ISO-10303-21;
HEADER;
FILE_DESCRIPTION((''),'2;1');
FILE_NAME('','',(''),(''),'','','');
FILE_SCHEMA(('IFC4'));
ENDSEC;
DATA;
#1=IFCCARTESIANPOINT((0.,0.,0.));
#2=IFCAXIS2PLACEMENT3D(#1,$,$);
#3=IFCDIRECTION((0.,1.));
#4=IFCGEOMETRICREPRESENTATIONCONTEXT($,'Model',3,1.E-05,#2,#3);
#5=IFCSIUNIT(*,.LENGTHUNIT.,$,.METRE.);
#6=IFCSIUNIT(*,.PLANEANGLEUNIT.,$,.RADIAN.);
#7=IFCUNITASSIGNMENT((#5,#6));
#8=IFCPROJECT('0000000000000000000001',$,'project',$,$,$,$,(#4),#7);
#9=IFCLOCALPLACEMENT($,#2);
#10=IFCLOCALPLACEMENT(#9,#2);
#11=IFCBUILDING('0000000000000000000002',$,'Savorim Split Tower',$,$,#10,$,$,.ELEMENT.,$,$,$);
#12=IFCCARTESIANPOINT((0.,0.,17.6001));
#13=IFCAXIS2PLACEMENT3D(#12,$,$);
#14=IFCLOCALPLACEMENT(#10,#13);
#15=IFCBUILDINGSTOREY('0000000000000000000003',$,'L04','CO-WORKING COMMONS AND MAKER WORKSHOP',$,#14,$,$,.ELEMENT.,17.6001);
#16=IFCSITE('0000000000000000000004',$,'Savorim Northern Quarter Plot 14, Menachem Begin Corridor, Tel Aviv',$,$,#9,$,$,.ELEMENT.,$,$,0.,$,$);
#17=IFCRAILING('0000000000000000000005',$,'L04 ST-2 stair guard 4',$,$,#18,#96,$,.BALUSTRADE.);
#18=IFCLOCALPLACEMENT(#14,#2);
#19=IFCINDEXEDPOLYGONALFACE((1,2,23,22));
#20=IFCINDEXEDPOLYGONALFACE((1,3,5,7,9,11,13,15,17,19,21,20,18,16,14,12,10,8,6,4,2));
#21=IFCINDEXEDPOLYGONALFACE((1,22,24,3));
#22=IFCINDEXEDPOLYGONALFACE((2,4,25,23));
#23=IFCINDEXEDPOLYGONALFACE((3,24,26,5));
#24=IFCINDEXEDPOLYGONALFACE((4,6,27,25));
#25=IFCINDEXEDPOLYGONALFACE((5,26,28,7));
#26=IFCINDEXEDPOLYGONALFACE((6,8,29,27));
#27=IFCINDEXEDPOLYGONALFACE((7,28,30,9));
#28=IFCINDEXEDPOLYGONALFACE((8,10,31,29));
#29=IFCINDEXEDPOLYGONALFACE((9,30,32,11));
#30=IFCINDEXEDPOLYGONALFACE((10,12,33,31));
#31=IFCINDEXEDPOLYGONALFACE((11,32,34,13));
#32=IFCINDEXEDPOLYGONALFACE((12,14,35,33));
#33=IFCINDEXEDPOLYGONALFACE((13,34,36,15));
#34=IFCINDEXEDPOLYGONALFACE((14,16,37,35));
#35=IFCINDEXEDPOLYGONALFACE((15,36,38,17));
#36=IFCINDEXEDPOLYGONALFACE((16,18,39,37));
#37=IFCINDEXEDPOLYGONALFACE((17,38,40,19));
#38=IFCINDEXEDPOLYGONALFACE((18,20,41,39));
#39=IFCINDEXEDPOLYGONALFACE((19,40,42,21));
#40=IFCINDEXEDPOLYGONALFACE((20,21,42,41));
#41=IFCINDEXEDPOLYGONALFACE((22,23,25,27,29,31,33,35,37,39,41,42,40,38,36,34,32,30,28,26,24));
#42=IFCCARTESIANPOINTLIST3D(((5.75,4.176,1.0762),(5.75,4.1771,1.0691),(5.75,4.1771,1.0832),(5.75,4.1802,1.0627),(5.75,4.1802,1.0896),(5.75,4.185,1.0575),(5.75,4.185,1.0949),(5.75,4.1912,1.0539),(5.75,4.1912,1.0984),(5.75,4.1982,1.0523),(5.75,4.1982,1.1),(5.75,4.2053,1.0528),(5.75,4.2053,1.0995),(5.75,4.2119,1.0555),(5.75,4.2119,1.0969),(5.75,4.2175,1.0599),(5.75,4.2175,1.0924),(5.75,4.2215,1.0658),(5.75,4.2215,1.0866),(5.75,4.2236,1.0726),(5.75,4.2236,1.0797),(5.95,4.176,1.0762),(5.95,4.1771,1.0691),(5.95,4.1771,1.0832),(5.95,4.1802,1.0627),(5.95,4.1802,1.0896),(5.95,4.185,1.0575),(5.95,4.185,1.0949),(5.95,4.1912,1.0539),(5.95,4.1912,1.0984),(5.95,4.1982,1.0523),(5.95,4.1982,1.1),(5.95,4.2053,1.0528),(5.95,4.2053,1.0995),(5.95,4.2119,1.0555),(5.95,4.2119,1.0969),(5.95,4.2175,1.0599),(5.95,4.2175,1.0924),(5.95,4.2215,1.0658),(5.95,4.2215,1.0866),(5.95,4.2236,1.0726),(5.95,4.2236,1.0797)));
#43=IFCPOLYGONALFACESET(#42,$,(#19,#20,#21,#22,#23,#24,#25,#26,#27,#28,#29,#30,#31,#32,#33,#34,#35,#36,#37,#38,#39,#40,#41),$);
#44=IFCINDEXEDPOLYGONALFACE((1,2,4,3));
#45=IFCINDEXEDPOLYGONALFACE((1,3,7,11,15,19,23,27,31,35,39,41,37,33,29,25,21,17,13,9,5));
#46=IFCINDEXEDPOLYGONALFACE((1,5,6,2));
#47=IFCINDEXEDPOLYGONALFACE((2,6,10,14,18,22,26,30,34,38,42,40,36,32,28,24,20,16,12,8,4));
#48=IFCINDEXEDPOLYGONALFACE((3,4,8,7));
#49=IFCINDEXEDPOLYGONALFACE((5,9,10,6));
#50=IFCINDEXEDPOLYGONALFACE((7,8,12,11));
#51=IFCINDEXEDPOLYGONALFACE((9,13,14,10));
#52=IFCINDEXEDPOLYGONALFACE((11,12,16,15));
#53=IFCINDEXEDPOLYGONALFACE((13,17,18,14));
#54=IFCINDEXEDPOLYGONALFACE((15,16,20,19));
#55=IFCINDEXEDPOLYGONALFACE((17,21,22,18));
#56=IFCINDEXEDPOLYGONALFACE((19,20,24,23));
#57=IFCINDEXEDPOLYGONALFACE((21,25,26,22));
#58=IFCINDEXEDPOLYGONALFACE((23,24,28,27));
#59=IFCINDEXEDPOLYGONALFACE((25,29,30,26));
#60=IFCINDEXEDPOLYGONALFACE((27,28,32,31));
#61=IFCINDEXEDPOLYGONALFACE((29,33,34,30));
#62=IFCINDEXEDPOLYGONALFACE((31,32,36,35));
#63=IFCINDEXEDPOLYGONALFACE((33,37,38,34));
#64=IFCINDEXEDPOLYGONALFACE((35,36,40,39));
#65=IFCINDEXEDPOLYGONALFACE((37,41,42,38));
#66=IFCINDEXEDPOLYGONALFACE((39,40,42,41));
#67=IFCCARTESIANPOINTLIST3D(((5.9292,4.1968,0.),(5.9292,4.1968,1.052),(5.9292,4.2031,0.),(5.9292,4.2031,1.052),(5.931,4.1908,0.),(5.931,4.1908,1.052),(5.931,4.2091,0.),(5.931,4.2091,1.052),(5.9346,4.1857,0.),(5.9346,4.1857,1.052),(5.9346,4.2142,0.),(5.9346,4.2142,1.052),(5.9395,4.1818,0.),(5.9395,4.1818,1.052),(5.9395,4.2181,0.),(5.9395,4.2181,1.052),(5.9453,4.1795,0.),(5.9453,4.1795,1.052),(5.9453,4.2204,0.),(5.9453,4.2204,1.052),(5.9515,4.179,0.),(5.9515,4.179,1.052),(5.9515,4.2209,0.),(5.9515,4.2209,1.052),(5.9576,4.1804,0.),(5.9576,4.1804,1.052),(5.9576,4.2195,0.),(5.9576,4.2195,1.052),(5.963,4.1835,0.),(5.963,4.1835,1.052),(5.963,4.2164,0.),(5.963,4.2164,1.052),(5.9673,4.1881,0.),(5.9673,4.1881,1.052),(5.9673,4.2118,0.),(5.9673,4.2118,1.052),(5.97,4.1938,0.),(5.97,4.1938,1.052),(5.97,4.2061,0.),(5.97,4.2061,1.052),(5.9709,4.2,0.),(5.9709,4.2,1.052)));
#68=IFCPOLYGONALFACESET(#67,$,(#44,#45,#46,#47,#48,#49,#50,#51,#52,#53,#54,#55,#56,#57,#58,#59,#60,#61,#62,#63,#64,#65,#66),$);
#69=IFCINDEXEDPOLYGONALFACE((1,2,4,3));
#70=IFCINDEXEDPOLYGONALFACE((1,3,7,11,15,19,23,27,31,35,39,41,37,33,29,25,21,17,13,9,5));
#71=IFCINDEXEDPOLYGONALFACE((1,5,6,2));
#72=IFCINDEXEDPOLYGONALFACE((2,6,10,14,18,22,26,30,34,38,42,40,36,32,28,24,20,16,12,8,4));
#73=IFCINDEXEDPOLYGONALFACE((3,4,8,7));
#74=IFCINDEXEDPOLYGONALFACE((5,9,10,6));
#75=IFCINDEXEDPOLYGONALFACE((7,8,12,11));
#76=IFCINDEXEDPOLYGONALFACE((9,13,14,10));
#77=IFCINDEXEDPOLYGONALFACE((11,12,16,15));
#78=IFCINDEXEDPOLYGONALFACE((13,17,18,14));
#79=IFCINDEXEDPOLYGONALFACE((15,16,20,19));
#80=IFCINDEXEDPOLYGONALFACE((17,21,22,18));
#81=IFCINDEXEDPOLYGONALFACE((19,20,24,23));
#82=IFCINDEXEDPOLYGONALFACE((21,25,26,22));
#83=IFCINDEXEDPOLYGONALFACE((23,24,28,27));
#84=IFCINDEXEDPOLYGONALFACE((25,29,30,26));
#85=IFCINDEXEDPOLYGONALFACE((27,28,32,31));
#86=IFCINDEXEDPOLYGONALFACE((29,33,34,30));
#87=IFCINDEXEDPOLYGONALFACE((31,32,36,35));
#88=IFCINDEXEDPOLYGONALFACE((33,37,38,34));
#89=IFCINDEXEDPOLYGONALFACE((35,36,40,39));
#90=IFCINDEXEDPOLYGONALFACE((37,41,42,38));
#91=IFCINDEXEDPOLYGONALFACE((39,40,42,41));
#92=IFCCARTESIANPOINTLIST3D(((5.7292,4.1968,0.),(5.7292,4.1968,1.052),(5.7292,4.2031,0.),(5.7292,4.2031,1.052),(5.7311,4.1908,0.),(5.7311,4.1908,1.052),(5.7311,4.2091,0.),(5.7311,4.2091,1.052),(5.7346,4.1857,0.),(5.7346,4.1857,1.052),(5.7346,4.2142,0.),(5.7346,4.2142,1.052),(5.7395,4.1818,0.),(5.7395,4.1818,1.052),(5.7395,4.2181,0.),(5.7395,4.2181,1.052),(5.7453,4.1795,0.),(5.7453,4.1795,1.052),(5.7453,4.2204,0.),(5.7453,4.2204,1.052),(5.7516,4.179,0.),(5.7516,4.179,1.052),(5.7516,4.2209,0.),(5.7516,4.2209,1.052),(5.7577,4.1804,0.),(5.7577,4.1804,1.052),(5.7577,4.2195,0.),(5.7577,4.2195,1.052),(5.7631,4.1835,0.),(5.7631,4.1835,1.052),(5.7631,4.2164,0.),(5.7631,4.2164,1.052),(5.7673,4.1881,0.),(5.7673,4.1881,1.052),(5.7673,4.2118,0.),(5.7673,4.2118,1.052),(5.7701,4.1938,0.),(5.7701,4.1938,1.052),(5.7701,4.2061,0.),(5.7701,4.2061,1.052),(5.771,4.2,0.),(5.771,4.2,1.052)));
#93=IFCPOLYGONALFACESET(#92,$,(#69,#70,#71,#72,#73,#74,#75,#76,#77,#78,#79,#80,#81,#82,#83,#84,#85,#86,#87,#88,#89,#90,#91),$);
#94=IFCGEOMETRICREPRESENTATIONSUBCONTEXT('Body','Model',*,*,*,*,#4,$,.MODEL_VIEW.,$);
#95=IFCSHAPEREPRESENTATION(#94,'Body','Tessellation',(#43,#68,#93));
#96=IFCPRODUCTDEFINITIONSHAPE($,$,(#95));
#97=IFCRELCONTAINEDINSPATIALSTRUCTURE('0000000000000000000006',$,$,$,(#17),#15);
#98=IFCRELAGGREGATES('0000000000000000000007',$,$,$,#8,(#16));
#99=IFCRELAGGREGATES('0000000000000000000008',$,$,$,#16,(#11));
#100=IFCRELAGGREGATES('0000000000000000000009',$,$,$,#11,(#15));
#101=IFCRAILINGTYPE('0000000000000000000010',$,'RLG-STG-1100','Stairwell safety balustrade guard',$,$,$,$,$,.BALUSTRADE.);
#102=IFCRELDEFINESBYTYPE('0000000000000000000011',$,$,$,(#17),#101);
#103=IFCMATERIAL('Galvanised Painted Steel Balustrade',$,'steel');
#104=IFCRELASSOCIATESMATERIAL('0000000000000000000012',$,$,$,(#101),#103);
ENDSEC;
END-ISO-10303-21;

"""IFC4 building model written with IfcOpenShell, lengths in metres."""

from ifc_helpers import new_model, si_unit, direction, frame, origin, origin_2d, place, context, subcontext, project, spatial, circle, extrude, material, type_object, element, save


model = new_model("IFC4")

# Units and contexts
model_context = context("Model", 3, precision=1e-05, world=origin(), true_north=direction((0.0, 1.0)))
body_context = subcontext(model_context, "Body", "Model", "MODEL_VIEW")
ifc_project = project(units=[si_unit("LENGTHUNIT", "METRE"), si_unit("PLANEANGLEUNIT", "RADIAN")], contexts=[model_context])

# Site, building, storey
site_placement = place(None, origin())
site = spatial("IfcSite", under=ifc_project, at=site_placement, Name="Savorim Northern Quarter Plot 14, Menachem Begin Corridor, Tel Aviv", CompositionType="ELEMENT", RefElevation=0.0)
building_placement = place(site_placement, origin())
building = spatial("IfcBuilding", under=site, at=building_placement, Name="Savorim Split Tower", CompositionType="ELEMENT")
storey_placement = place(building_placement, frame((0.0, 0.0, 17.6001)))
storey = spatial("IfcBuildingStorey", under=building, at=storey_placement, Name="L04", Description="CO-WORKING COMMONS AND MAKER WORKSHOP", CompositionType="ELEMENT", Elevation=17.6001)

# Railing
ifc_material_1 = material(Name="Galvanised Painted Steel Balustrade", Category="steel")
railing_type = type_object("IfcRailingType", Name="RLG-STG-1100", Description="Stairwell safety balustrade guard", PredefinedType="BALUSTRADE", material=ifc_material_1)
railing_placement = place(storey_placement, frame((5.95, 4.2, 0.0)))
element("IfcRailing", 1, at=railing_placement, inside=storey, type_object=railing_type, Name="L04 ST-2 stair guard 4", PredefinedType="BALUSTRADE", context=body_context, shape_type="SweptSolid", body=[
    extrude(circle(Radius=0.0239, at=origin_2d()), frame((0.0, 0.0, 1.0762), z_axis=(-1.0, 0.0, 0.0), x_axis=(0.0, -1.0, 0.0)), (0.0, 0.0, 1.0), 0.2),
    extrude(circle(Radius=0.021, at=origin_2d()), origin(), (0.0, 0.0, 1.0), 1.052),
    extrude(circle(Radius=0.021, at=origin_2d()), frame((-0.2, 0.0, 0.0)), (0.0, 0.0, 1.0), 1.052),
])

save(model, "model.ifc")
